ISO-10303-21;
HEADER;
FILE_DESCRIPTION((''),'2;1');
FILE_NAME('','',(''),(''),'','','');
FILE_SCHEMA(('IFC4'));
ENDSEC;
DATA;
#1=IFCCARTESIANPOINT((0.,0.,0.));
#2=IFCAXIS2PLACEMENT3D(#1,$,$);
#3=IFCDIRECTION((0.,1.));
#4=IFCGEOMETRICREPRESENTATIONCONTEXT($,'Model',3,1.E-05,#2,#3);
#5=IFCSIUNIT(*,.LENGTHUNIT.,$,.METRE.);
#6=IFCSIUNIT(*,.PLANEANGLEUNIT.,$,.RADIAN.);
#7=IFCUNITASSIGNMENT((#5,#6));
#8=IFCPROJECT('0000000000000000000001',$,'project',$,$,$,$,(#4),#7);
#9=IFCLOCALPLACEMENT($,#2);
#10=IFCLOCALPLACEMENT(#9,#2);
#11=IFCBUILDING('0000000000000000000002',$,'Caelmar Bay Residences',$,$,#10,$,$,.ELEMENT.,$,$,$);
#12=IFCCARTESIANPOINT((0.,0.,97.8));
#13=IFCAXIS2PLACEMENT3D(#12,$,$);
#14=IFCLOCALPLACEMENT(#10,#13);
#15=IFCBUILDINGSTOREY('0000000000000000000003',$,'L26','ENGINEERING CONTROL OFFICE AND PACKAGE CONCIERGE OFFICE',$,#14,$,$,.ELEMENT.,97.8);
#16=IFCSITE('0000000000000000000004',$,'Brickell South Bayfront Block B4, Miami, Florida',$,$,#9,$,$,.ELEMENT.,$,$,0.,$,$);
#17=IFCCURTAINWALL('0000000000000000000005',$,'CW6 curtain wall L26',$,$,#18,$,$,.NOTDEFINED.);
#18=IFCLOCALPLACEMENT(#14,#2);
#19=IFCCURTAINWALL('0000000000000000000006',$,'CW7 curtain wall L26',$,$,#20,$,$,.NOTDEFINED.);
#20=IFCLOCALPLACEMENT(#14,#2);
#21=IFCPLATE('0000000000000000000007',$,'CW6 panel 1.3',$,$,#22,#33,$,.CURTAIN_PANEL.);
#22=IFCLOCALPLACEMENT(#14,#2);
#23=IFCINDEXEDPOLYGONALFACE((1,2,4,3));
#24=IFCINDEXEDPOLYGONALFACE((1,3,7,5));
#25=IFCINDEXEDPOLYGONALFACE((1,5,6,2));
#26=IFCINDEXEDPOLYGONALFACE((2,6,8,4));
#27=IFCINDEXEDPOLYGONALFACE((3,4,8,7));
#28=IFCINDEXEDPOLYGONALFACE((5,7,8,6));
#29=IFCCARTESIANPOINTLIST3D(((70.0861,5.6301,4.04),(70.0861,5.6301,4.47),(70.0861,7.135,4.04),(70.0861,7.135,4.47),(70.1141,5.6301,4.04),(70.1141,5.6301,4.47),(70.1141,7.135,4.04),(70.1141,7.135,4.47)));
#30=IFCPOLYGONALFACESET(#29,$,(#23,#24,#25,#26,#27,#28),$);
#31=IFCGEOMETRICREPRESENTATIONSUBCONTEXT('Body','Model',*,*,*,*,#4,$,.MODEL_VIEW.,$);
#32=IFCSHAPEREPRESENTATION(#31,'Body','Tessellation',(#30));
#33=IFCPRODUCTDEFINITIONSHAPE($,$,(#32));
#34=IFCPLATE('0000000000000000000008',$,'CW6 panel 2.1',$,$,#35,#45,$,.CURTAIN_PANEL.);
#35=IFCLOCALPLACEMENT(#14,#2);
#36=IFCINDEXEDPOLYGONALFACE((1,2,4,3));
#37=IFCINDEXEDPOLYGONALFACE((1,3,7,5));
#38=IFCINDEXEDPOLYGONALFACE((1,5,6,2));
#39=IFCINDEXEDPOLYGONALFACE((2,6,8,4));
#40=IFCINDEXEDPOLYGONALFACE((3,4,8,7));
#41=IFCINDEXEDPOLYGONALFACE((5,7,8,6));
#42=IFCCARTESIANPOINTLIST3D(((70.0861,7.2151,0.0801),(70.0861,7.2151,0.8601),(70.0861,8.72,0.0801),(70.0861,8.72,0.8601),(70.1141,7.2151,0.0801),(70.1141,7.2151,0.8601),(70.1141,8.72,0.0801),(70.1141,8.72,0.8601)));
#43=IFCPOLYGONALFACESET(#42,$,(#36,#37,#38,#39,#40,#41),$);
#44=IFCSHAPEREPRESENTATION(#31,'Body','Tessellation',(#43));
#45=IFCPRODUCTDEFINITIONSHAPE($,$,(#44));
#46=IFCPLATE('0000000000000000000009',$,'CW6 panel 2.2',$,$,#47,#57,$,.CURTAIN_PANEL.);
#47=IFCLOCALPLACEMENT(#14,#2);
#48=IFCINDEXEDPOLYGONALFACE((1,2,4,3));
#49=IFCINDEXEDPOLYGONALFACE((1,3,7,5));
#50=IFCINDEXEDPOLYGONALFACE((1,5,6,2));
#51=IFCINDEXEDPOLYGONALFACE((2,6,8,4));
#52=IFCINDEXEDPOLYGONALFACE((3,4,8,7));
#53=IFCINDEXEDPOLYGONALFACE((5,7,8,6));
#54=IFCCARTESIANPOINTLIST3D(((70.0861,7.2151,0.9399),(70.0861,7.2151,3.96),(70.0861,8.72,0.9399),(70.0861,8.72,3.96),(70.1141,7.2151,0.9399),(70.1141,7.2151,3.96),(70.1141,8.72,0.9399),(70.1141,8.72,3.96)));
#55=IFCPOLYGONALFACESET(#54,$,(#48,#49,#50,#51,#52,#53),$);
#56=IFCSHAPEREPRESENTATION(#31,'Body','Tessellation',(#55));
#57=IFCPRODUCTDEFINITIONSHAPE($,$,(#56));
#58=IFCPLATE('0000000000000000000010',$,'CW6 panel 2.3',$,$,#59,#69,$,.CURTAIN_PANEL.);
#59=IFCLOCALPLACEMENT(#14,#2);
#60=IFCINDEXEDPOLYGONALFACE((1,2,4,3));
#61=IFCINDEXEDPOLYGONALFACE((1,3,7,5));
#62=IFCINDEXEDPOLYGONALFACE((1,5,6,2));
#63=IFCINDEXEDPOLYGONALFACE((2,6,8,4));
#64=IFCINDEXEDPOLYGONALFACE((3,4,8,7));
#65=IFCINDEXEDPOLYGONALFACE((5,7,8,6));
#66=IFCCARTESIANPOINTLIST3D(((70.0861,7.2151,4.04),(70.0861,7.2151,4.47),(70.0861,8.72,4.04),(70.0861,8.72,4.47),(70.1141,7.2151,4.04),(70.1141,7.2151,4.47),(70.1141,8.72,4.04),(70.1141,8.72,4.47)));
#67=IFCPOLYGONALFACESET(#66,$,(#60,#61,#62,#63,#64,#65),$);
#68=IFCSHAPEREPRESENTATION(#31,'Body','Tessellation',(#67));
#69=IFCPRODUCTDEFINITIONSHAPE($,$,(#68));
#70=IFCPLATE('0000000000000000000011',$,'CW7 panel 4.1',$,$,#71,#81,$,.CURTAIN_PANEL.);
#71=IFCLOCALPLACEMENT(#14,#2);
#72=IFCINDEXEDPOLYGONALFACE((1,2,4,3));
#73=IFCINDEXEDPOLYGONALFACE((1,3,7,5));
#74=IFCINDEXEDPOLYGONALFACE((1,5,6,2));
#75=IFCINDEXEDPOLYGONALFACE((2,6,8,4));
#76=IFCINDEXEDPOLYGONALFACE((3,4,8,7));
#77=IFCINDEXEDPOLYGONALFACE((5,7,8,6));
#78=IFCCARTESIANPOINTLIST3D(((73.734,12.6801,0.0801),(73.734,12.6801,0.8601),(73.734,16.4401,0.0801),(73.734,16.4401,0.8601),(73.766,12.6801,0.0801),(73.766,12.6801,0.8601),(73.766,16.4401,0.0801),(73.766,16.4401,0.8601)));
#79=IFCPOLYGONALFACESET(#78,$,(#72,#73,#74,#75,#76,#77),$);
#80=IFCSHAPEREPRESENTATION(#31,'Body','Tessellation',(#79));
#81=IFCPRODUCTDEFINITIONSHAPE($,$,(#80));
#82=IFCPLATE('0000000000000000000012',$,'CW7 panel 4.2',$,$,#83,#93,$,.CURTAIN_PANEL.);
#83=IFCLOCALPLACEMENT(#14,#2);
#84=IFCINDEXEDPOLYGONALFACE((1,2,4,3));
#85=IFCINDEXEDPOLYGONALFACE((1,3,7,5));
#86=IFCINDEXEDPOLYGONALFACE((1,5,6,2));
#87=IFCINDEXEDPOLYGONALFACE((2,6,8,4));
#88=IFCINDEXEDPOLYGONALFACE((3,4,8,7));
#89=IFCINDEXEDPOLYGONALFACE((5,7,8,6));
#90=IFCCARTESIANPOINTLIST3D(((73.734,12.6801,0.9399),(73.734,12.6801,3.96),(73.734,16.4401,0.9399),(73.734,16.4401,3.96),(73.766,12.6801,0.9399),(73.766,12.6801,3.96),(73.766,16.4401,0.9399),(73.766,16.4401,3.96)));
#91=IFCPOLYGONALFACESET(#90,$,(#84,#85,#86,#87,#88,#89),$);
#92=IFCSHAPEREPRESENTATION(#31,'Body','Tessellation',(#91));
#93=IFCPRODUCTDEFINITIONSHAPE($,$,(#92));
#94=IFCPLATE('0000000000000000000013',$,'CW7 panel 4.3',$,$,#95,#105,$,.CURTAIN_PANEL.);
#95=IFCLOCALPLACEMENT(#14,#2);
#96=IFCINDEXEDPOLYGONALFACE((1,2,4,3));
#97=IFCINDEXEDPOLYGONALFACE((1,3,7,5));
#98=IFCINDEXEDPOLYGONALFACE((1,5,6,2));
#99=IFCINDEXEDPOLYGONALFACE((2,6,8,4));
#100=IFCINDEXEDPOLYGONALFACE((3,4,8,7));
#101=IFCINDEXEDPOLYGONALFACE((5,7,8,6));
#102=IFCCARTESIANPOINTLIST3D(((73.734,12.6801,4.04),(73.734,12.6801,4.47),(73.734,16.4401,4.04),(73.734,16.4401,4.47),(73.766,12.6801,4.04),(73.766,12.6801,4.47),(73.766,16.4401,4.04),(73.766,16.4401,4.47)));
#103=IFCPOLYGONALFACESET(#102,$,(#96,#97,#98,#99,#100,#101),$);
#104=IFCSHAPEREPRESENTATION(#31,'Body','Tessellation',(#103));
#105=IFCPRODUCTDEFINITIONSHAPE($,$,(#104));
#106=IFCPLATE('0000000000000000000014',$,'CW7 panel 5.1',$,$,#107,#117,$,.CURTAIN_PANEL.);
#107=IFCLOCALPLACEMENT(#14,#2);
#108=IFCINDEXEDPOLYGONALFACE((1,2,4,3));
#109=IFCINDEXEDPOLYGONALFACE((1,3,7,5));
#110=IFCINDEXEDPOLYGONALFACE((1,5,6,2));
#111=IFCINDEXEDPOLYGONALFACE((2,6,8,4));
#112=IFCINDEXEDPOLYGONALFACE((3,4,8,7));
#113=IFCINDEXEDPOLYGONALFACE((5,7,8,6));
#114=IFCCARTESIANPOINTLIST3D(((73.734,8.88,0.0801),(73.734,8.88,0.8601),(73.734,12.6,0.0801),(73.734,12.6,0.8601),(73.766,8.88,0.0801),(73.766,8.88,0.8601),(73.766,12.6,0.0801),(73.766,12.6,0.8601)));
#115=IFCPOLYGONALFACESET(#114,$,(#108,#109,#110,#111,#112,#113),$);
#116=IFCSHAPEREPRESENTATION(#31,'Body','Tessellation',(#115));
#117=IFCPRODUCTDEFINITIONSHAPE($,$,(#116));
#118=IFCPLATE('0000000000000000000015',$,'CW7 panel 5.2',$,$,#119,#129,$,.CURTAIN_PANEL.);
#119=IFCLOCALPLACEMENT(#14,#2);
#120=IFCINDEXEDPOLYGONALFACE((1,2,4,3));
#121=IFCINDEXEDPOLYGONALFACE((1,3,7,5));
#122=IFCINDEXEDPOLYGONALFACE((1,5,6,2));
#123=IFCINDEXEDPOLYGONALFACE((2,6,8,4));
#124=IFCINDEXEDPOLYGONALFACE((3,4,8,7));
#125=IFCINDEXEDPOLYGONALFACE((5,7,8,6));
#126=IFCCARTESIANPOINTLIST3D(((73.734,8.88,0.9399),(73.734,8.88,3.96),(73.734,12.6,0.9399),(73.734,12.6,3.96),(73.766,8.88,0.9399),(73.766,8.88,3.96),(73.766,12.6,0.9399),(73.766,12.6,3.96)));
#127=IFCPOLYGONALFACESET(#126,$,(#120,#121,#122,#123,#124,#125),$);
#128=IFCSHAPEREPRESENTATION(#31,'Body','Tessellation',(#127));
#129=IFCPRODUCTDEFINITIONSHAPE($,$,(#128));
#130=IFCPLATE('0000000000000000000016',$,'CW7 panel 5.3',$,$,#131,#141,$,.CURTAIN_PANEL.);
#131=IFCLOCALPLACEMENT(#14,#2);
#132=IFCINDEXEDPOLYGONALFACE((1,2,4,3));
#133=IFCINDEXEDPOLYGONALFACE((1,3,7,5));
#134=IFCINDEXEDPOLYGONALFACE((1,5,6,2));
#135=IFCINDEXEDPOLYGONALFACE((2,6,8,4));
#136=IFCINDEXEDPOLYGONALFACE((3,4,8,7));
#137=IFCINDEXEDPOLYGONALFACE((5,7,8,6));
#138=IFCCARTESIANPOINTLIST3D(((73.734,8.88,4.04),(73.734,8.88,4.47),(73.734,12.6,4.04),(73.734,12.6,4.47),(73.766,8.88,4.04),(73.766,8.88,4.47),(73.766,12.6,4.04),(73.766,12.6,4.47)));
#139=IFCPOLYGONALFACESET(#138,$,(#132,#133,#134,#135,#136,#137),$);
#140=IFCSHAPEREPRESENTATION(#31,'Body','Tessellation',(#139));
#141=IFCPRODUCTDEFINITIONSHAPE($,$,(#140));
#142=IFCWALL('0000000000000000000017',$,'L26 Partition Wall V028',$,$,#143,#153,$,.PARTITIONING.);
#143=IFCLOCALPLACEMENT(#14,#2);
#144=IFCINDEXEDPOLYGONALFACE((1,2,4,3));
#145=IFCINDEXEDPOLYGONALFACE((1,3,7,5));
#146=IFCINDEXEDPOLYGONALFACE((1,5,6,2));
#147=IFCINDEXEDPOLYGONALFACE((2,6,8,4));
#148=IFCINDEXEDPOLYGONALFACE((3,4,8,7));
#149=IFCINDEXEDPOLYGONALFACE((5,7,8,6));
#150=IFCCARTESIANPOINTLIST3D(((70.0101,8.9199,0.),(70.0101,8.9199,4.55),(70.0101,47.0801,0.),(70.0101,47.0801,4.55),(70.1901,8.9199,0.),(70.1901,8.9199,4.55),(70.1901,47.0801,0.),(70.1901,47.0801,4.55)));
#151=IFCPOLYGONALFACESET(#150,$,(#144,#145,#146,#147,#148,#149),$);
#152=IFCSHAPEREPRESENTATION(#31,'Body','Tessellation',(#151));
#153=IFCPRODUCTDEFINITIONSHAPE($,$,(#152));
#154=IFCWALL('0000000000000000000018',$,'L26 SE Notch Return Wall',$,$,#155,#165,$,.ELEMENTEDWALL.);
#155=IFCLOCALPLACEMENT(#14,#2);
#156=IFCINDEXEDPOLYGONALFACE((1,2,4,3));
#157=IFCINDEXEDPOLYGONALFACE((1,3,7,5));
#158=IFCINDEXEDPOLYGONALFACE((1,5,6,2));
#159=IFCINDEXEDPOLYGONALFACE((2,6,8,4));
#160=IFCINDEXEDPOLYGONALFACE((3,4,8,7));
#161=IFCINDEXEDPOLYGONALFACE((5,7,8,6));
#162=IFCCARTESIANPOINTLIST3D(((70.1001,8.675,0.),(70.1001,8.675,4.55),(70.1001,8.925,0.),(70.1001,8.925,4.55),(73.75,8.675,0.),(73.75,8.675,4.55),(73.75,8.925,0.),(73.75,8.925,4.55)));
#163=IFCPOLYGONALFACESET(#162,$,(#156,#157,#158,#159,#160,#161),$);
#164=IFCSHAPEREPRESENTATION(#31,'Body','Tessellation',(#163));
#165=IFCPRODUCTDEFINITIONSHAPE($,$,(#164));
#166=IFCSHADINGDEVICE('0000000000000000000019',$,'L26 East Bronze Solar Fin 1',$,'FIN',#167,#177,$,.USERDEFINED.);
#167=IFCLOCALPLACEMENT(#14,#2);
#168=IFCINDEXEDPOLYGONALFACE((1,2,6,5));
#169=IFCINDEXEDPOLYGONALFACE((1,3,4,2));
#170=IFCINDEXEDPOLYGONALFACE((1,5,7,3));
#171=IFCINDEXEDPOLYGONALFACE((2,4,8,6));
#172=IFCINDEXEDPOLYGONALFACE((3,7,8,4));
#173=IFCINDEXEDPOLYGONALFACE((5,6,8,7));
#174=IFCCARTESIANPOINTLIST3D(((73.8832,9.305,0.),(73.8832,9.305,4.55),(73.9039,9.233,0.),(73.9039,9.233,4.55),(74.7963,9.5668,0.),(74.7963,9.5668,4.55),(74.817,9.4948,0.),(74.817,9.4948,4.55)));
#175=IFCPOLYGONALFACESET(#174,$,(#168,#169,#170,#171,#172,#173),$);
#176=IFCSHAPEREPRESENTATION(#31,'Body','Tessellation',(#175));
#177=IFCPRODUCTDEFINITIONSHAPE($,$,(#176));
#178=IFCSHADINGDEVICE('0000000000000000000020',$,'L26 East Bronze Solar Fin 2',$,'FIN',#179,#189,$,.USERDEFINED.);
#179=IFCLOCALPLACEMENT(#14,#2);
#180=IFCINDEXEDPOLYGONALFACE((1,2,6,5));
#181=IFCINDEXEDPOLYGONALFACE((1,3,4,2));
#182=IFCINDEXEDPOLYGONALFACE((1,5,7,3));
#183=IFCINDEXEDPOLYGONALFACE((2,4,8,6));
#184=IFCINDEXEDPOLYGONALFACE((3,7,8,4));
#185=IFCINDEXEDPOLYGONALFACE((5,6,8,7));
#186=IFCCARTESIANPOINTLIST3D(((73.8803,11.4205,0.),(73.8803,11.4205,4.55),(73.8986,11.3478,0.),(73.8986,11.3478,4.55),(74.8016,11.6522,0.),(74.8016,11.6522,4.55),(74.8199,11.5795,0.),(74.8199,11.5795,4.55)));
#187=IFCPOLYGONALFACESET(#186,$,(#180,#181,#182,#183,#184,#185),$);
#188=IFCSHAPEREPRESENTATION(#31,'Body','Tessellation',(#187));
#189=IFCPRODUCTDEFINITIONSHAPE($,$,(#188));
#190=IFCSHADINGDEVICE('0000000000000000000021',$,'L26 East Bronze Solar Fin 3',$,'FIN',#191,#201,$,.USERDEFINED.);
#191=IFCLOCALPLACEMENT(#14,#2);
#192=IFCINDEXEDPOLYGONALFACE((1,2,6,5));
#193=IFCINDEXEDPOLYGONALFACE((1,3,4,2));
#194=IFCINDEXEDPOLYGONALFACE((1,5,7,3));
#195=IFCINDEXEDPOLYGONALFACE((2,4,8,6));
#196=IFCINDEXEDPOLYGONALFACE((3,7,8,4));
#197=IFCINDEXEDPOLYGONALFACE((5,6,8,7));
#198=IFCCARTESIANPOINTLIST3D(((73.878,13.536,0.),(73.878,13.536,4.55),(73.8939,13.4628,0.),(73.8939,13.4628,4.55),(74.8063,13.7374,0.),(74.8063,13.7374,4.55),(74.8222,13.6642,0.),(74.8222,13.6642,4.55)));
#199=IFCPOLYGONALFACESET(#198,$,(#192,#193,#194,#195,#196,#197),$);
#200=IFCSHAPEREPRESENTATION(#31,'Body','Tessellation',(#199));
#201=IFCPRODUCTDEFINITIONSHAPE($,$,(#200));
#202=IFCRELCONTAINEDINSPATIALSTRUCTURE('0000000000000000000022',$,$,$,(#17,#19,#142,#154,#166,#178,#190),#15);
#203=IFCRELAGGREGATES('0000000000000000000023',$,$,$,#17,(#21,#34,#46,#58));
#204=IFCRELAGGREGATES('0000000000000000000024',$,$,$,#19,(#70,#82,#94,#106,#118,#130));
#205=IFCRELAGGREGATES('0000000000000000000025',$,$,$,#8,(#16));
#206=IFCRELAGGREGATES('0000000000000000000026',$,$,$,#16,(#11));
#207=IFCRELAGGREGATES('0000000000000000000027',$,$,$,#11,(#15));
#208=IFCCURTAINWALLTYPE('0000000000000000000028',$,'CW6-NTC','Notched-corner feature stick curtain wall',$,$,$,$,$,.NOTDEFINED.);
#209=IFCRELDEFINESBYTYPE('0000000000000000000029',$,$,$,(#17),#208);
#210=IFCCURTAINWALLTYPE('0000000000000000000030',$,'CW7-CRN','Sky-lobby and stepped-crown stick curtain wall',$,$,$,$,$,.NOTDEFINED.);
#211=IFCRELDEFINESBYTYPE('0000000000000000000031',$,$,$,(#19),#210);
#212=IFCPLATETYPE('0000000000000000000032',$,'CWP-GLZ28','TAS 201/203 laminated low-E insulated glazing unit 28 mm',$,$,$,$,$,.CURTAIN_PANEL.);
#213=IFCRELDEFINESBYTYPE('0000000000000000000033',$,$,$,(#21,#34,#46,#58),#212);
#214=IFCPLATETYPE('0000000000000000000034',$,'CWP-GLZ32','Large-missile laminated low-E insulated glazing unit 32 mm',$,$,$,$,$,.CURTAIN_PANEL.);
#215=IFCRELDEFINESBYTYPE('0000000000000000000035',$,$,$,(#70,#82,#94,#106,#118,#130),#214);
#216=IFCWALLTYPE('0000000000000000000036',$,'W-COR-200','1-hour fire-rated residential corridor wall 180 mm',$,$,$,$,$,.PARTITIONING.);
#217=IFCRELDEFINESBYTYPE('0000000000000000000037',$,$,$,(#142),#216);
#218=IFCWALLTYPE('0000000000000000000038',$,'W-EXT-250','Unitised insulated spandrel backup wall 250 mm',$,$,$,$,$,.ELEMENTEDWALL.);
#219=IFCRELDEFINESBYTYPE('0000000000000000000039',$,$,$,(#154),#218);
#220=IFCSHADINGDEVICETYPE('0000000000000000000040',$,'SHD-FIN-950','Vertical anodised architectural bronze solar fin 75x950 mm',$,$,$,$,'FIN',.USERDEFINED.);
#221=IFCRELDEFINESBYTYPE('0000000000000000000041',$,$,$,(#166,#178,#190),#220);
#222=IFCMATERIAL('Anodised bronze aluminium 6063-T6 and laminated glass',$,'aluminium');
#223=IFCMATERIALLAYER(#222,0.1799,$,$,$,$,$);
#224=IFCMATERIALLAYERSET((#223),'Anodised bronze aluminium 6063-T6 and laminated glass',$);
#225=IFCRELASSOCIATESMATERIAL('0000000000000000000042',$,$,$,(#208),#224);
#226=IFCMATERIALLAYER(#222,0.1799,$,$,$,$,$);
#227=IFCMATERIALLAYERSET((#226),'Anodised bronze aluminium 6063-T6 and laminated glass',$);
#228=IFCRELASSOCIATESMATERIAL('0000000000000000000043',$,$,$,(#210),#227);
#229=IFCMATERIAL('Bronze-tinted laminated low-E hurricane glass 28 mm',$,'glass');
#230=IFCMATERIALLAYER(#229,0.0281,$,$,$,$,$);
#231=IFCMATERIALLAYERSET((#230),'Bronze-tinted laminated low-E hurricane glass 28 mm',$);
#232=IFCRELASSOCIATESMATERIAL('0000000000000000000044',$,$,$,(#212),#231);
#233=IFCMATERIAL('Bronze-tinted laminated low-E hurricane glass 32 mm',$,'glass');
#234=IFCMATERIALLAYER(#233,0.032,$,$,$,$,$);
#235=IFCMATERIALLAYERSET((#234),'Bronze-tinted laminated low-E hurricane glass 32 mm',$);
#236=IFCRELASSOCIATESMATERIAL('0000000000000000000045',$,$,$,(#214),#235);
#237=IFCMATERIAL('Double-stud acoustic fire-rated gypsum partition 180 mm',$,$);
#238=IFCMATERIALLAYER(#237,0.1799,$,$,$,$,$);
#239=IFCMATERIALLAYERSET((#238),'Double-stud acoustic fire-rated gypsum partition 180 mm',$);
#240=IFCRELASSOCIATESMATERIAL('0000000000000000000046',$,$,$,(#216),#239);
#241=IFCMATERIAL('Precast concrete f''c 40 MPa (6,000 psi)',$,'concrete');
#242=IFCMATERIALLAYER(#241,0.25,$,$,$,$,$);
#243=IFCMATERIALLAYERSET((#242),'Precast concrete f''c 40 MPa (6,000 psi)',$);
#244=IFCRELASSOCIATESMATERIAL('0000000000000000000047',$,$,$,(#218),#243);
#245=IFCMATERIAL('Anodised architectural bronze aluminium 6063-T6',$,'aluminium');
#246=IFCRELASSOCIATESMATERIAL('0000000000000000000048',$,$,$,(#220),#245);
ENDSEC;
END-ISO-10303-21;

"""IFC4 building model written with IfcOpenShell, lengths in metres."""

from ifc_helpers import new_model, si_unit, direction, frame, frame_2d, origin, origin_2d, place, context, subcontext, project, spatial, rectangle, extrude, material, layer, layer_set, material_profile, profile_set, type_object, element, aggregate, save


model = new_model("IFC4")

# Units and contexts
model_context = context("Model", 3, precision=1e-05, world=origin(), true_north=direction((0.0, 1.0)))
body_context = subcontext(model_context, "Body", "Model", "MODEL_VIEW")
ifc_project = project(units=[si_unit("LENGTHUNIT", "METRE"), si_unit("PLANEANGLEUNIT", "RADIAN")], contexts=[model_context])

# Site, building, storey
site_placement = place(None, origin())
site = spatial("IfcSite", under=ifc_project, at=site_placement, Name="Brickell South Bayfront Block B4, Miami, Florida", CompositionType="ELEMENT", RefElevation=0.0)
building_placement = place(site_placement, origin())
building = spatial("IfcBuilding", under=site, at=building_placement, Name="Caelmar Bay Residences", CompositionType="ELEMENT")
storey_placement = place(building_placement, frame((0.0, 0.0, 97.8)))
storey = spatial("IfcBuildingStorey", under=building, at=storey_placement, Name="L26", Description="ENGINEERING CONTROL OFFICE AND PACKAGE CONCIERGE OFFICE", CompositionType="ELEMENT", Elevation=97.8)

# Curtain walls
ifc_material_1 = material(Name="Anodised bronze aluminium 6063-T6 and laminated glass", Category="aluminium")
ifc_layer_1 = layer(ifc_material_1, 0.1799)
ifc_layer_set_1 = layer_set([ifc_layer_1], Name="Anodised bronze aluminium 6063-T6 and laminated glass")
curtain_wall_type_1 = type_object("IfcCurtainWallType", Name="CW6-NTC", Description="Notched-corner feature stick curtain wall", PredefinedType="NOTDEFINED", material=ifc_layer_set_1)
curtain_wall_1_placement = place(storey_placement, origin())
curtain_wall_1 = element("IfcCurtainWall", 1, at=curtain_wall_1_placement, inside=storey, type_object=curtain_wall_type_1, Name="CW6 curtain wall L26", PredefinedType="NOTDEFINED")
ifc_layer_2 = layer(ifc_material_1, 0.1799)
ifc_layer_set_2 = layer_set([ifc_layer_2], Name="Anodised bronze aluminium 6063-T6 and laminated glass")
curtain_wall_type_2 = type_object("IfcCurtainWallType", Name="CW7-CRN", Description="Sky-lobby and stepped-crown stick curtain wall", PredefinedType="NOTDEFINED", material=ifc_layer_set_2)
curtain_wall_2_placement = place(storey_placement, origin())
curtain_wall_2 = element("IfcCurtainWall", 2, at=curtain_wall_2_placement, inside=storey, type_object=curtain_wall_type_2, Name="CW7 curtain wall L26", PredefinedType="NOTDEFINED")

# Plates
ifc_material_2 = material(Name="Bronze-tinted laminated low-E hurricane glass 28 mm", Category="glass")
ifc_layer_3 = layer(ifc_material_2, 0.0281)
ifc_layer_set_3 = layer_set([ifc_layer_3], Name="Bronze-tinted laminated low-E hurricane glass 28 mm")
plate_type_1 = type_object("IfcPlateType", Name="CWP-GLZ28", Description="TAS 201/203 laminated low-E insulated glazing unit 28 mm", PredefinedType="CURTAIN_PANEL", material=ifc_layer_set_3)
plate_1_placement = place(storey_placement, frame((70.1001, 6.3826, 4.04), z_axis=(0.0, 0.0, 1.0), x_axis=(0.0, 1.0, 0.0)))
plate_1 = element("IfcPlate", 3, at=plate_1_placement, type_object=plate_type_1, Name="CW6 panel 1.3", PredefinedType="CURTAIN_PANEL", context=body_context, shape_type="SweptSolid", body=[
    extrude(rectangle(XDim=1.5049, YDim=0.0281, at=origin_2d()), origin(), (0.0, 0.0, 1.0), 0.4299),
])
plate_2_placement = place(storey_placement, frame((70.1001, 7.9675, 0.0801), z_axis=(0.0, 0.0, 1.0), x_axis=(0.0, 1.0, 0.0)))
plate_2 = element("IfcPlate", 4, at=plate_2_placement, type_object=plate_type_1, Name="CW6 panel 2.1", PredefinedType="CURTAIN_PANEL", context=body_context, shape_type="SweptSolid", body=[
    extrude(rectangle(XDim=1.5049, YDim=0.0281, at=origin_2d()), origin(), (0.0, 0.0, 1.0), 0.78),
])
plate_3_placement = place(storey_placement, frame((70.1001, 7.9675, 0.9399), z_axis=(0.0, 0.0, 1.0), x_axis=(0.0, 1.0, 0.0)))
plate_3 = element("IfcPlate", 5, at=plate_3_placement, type_object=plate_type_1, Name="CW6 panel 2.2", PredefinedType="CURTAIN_PANEL", context=body_context, shape_type="SweptSolid", body=[
    extrude(rectangle(XDim=1.5049, YDim=0.0281, at=origin_2d()), origin(), (0.0, 0.0, 1.0), 3.02),
])
plate_4_placement = place(storey_placement, frame((70.1001, 7.9675, 4.04), z_axis=(0.0, 0.0, 1.0), x_axis=(0.0, 1.0, 0.0)))
plate_4 = element("IfcPlate", 6, at=plate_4_placement, type_object=plate_type_1, Name="CW6 panel 2.3", PredefinedType="CURTAIN_PANEL", context=body_context, shape_type="SweptSolid", body=[
    extrude(rectangle(XDim=1.5049, YDim=0.0281, at=origin_2d()), origin(), (0.0, 0.0, 1.0), 0.4299),
])
aggregate(curtain_wall_1, [plate_1, plate_2, plate_3, plate_4])
ifc_material_3 = material(Name="Bronze-tinted laminated low-E hurricane glass 32 mm", Category="glass")
ifc_layer_4 = layer(ifc_material_3, 0.032)
ifc_layer_set_4 = layer_set([ifc_layer_4], Name="Bronze-tinted laminated low-E hurricane glass 32 mm")
plate_type_2 = type_object("IfcPlateType", Name="CWP-GLZ32", Description="Large-missile laminated low-E insulated glazing unit 32 mm", PredefinedType="CURTAIN_PANEL", material=ifc_layer_set_4)
plate_5_placement = place(storey_placement, frame((73.75, 14.5601, 0.0801), z_axis=(0.0, 0.0, 1.0), x_axis=(0.0, -1.0, 0.0)))
plate_5 = element("IfcPlate", 7, at=plate_5_placement, type_object=plate_type_2, Name="CW7 panel 4.1", PredefinedType="CURTAIN_PANEL", context=body_context, shape_type="SweptSolid", body=[
    extrude(rectangle(XDim=3.76, YDim=0.032, at=origin_2d()), origin(), (0.0, 0.0, 1.0), 0.78),
])
plate_6_placement = place(storey_placement, frame((73.75, 14.5601, 0.9399), z_axis=(0.0, 0.0, 1.0), x_axis=(0.0, -1.0, 0.0)))
plate_6 = element("IfcPlate", 8, at=plate_6_placement, type_object=plate_type_2, Name="CW7 panel 4.2", PredefinedType="CURTAIN_PANEL", context=body_context, shape_type="SweptSolid", body=[
    extrude(rectangle(XDim=3.76, YDim=0.032, at=origin_2d()), origin(), (0.0, 0.0, 1.0), 3.02),
])
plate_7_placement = place(storey_placement, frame((73.75, 14.5601, 4.04), z_axis=(0.0, 0.0, 1.0), x_axis=(0.0, -1.0, 0.0)))
plate_7 = element("IfcPlate", 9, at=plate_7_placement, type_object=plate_type_2, Name="CW7 panel 4.3", PredefinedType="CURTAIN_PANEL", context=body_context, shape_type="SweptSolid", body=[
    extrude(rectangle(XDim=3.76, YDim=0.032, at=origin_2d()), origin(), (0.0, 0.0, 1.0), 0.4299),
])
plate_8_placement = place(storey_placement, frame((73.75, 10.74, 0.0801), z_axis=(0.0, 0.0, 1.0), x_axis=(0.0, -1.0, 0.0)))
plate_8 = element("IfcPlate", 10, at=plate_8_placement, type_object=plate_type_2, Name="CW7 panel 5.1", PredefinedType="CURTAIN_PANEL", context=body_context, shape_type="SweptSolid", body=[
    extrude(rectangle(XDim=3.72, YDim=0.032, at=origin_2d()), origin(), (0.0, 0.0, 1.0), 0.78),
])
plate_9_placement = place(storey_placement, frame((73.75, 10.74, 0.9399), z_axis=(0.0, 0.0, 1.0), x_axis=(0.0, -1.0, 0.0)))
plate_9 = element("IfcPlate", 11, at=plate_9_placement, type_object=plate_type_2, Name="CW7 panel 5.2", PredefinedType="CURTAIN_PANEL", context=body_context, shape_type="SweptSolid", body=[
    extrude(rectangle(XDim=3.72, YDim=0.032, at=origin_2d()), origin(), (0.0, 0.0, 1.0), 3.02),
])
plate_10_placement = place(storey_placement, frame((73.75, 10.74, 4.04), z_axis=(0.0, 0.0, 1.0), x_axis=(0.0, -1.0, 0.0)))
plate_10 = element("IfcPlate", 12, at=plate_10_placement, type_object=plate_type_2, Name="CW7 panel 5.3", PredefinedType="CURTAIN_PANEL", context=body_context, shape_type="SweptSolid", body=[
    extrude(rectangle(XDim=3.72, YDim=0.032, at=origin_2d()), origin(), (0.0, 0.0, 1.0), 0.4299),
])
aggregate(curtain_wall_2, [plate_5, plate_6, plate_7, plate_8, plate_9, plate_10])

# Walls
ifc_material_4 = material(Name="Double-stud acoustic fire-rated gypsum partition 180 mm")
ifc_layer_5 = layer(ifc_material_4, 0.1799)
ifc_layer_set_5 = layer_set([ifc_layer_5], Name="Double-stud acoustic fire-rated gypsum partition 180 mm")
wall_type_1 = type_object("IfcWallType", Name="W-COR-200", Description="1-hour fire-rated residential corridor wall 180 mm", PredefinedType="PARTITIONING", material=ifc_layer_set_5)
wall_1_placement = place(storey_placement, frame((70.1001, 8.9199, 0.0), z_axis=(0.0, 0.0, 1.0), x_axis=(0.0, 1.0, 0.0)))
element("IfcWall", 13, at=wall_1_placement, inside=storey, type_object=wall_type_1, Name="L26 Partition Wall V028", PredefinedType="PARTITIONING", context=body_context, shape_type="SweptSolid", body=[
    extrude(rectangle(XDim=38.1602, YDim=0.1799, at=frame_2d((19.0801, 0.0))), origin(), (0.0, 0.0, 1.0), 4.55),
])
ifc_material_5 = material(Name="Precast concrete f'c 40 MPa (6,000 psi)", Category="concrete")
ifc_layer_6 = layer(ifc_material_5, 0.25)
ifc_layer_set_6 = layer_set([ifc_layer_6], Name="Precast concrete f'c 40 MPa (6,000 psi)")
wall_type_2 = type_object("IfcWallType", Name="W-EXT-250", Description="Unitised insulated spandrel backup wall 250 mm", PredefinedType="ELEMENTEDWALL", material=ifc_layer_set_6)
wall_2_placement = place(storey_placement, frame((70.1001, 8.8, 0.0), z_axis=(0.0, 0.0, 1.0), x_axis=(1.0, 0.0, 0.0)))
element("IfcWall", 14, at=wall_2_placement, inside=storey, type_object=wall_type_2, Name="L26 SE Notch Return Wall", PredefinedType="ELEMENTEDWALL", context=body_context, shape_type="SweptSolid", body=[
    extrude(rectangle(XDim=3.6499, YDim=0.25, at=frame_2d((1.825, 0.0))), origin(), (0.0, 0.0, 1.0), 4.55),
])

# Shading devices
ifc_material_6 = material(Name="Anodised architectural bronze aluminium 6063-T6", Category="aluminium")
ifc_material_profile_1 = material_profile(ifc_material_6, rectangle(XDim=0.075, YDim=0.95, at=origin_2d()), Name="BRONZE-FIN-75X950")
ifc_profile_set_1 = profile_set([ifc_material_profile_1], Name="Anodised architectural bronze aluminium 6063-T6")
shading_device_type = type_object("IfcShadingDeviceType", Name="SHD-FIN-950", Description="Vertical anodised architectural bronze solar fin 75x950 mm", ElementType="FIN", PredefinedType="USERDEFINED", material=ifc_profile_set_1)
for number, where, z_axis, x_axis, name in (
    (15, (74.3501, 9.3999, 0.0), (0.0, 0.0, 1.0), (-0.275637, 0.961262, 0.0), "L26 East Bronze Solar Fin 1"),
    (16, (74.3501, 11.5, 0.0), (0.0, 0.0, 1.0), (-0.243954, 0.969787, 0.0), "L26 East Bronze Solar Fin 2"),
    (17, (74.3501, 13.6001, 0.0), (0.0, 0.0, 1.0), (-0.212007, 0.977268, 0.0), "L26 East Bronze Solar Fin 3"),
):
    element("IfcShadingDevice", number, at=place(storey_placement, frame(where, z_axis=z_axis, x_axis=x_axis)), inside=storey, type_object=shading_device_type, Name=name, ObjectType="FIN", PredefinedType="USERDEFINED", context=body_context, shape_type="SweptSolid", body=[
        extrude(rectangle(XDim=0.075, YDim=0.95, at=origin_2d()), origin(), (0.0, 0.0, 1.0), 4.55),
    ])

save(model, "model.ifc")
